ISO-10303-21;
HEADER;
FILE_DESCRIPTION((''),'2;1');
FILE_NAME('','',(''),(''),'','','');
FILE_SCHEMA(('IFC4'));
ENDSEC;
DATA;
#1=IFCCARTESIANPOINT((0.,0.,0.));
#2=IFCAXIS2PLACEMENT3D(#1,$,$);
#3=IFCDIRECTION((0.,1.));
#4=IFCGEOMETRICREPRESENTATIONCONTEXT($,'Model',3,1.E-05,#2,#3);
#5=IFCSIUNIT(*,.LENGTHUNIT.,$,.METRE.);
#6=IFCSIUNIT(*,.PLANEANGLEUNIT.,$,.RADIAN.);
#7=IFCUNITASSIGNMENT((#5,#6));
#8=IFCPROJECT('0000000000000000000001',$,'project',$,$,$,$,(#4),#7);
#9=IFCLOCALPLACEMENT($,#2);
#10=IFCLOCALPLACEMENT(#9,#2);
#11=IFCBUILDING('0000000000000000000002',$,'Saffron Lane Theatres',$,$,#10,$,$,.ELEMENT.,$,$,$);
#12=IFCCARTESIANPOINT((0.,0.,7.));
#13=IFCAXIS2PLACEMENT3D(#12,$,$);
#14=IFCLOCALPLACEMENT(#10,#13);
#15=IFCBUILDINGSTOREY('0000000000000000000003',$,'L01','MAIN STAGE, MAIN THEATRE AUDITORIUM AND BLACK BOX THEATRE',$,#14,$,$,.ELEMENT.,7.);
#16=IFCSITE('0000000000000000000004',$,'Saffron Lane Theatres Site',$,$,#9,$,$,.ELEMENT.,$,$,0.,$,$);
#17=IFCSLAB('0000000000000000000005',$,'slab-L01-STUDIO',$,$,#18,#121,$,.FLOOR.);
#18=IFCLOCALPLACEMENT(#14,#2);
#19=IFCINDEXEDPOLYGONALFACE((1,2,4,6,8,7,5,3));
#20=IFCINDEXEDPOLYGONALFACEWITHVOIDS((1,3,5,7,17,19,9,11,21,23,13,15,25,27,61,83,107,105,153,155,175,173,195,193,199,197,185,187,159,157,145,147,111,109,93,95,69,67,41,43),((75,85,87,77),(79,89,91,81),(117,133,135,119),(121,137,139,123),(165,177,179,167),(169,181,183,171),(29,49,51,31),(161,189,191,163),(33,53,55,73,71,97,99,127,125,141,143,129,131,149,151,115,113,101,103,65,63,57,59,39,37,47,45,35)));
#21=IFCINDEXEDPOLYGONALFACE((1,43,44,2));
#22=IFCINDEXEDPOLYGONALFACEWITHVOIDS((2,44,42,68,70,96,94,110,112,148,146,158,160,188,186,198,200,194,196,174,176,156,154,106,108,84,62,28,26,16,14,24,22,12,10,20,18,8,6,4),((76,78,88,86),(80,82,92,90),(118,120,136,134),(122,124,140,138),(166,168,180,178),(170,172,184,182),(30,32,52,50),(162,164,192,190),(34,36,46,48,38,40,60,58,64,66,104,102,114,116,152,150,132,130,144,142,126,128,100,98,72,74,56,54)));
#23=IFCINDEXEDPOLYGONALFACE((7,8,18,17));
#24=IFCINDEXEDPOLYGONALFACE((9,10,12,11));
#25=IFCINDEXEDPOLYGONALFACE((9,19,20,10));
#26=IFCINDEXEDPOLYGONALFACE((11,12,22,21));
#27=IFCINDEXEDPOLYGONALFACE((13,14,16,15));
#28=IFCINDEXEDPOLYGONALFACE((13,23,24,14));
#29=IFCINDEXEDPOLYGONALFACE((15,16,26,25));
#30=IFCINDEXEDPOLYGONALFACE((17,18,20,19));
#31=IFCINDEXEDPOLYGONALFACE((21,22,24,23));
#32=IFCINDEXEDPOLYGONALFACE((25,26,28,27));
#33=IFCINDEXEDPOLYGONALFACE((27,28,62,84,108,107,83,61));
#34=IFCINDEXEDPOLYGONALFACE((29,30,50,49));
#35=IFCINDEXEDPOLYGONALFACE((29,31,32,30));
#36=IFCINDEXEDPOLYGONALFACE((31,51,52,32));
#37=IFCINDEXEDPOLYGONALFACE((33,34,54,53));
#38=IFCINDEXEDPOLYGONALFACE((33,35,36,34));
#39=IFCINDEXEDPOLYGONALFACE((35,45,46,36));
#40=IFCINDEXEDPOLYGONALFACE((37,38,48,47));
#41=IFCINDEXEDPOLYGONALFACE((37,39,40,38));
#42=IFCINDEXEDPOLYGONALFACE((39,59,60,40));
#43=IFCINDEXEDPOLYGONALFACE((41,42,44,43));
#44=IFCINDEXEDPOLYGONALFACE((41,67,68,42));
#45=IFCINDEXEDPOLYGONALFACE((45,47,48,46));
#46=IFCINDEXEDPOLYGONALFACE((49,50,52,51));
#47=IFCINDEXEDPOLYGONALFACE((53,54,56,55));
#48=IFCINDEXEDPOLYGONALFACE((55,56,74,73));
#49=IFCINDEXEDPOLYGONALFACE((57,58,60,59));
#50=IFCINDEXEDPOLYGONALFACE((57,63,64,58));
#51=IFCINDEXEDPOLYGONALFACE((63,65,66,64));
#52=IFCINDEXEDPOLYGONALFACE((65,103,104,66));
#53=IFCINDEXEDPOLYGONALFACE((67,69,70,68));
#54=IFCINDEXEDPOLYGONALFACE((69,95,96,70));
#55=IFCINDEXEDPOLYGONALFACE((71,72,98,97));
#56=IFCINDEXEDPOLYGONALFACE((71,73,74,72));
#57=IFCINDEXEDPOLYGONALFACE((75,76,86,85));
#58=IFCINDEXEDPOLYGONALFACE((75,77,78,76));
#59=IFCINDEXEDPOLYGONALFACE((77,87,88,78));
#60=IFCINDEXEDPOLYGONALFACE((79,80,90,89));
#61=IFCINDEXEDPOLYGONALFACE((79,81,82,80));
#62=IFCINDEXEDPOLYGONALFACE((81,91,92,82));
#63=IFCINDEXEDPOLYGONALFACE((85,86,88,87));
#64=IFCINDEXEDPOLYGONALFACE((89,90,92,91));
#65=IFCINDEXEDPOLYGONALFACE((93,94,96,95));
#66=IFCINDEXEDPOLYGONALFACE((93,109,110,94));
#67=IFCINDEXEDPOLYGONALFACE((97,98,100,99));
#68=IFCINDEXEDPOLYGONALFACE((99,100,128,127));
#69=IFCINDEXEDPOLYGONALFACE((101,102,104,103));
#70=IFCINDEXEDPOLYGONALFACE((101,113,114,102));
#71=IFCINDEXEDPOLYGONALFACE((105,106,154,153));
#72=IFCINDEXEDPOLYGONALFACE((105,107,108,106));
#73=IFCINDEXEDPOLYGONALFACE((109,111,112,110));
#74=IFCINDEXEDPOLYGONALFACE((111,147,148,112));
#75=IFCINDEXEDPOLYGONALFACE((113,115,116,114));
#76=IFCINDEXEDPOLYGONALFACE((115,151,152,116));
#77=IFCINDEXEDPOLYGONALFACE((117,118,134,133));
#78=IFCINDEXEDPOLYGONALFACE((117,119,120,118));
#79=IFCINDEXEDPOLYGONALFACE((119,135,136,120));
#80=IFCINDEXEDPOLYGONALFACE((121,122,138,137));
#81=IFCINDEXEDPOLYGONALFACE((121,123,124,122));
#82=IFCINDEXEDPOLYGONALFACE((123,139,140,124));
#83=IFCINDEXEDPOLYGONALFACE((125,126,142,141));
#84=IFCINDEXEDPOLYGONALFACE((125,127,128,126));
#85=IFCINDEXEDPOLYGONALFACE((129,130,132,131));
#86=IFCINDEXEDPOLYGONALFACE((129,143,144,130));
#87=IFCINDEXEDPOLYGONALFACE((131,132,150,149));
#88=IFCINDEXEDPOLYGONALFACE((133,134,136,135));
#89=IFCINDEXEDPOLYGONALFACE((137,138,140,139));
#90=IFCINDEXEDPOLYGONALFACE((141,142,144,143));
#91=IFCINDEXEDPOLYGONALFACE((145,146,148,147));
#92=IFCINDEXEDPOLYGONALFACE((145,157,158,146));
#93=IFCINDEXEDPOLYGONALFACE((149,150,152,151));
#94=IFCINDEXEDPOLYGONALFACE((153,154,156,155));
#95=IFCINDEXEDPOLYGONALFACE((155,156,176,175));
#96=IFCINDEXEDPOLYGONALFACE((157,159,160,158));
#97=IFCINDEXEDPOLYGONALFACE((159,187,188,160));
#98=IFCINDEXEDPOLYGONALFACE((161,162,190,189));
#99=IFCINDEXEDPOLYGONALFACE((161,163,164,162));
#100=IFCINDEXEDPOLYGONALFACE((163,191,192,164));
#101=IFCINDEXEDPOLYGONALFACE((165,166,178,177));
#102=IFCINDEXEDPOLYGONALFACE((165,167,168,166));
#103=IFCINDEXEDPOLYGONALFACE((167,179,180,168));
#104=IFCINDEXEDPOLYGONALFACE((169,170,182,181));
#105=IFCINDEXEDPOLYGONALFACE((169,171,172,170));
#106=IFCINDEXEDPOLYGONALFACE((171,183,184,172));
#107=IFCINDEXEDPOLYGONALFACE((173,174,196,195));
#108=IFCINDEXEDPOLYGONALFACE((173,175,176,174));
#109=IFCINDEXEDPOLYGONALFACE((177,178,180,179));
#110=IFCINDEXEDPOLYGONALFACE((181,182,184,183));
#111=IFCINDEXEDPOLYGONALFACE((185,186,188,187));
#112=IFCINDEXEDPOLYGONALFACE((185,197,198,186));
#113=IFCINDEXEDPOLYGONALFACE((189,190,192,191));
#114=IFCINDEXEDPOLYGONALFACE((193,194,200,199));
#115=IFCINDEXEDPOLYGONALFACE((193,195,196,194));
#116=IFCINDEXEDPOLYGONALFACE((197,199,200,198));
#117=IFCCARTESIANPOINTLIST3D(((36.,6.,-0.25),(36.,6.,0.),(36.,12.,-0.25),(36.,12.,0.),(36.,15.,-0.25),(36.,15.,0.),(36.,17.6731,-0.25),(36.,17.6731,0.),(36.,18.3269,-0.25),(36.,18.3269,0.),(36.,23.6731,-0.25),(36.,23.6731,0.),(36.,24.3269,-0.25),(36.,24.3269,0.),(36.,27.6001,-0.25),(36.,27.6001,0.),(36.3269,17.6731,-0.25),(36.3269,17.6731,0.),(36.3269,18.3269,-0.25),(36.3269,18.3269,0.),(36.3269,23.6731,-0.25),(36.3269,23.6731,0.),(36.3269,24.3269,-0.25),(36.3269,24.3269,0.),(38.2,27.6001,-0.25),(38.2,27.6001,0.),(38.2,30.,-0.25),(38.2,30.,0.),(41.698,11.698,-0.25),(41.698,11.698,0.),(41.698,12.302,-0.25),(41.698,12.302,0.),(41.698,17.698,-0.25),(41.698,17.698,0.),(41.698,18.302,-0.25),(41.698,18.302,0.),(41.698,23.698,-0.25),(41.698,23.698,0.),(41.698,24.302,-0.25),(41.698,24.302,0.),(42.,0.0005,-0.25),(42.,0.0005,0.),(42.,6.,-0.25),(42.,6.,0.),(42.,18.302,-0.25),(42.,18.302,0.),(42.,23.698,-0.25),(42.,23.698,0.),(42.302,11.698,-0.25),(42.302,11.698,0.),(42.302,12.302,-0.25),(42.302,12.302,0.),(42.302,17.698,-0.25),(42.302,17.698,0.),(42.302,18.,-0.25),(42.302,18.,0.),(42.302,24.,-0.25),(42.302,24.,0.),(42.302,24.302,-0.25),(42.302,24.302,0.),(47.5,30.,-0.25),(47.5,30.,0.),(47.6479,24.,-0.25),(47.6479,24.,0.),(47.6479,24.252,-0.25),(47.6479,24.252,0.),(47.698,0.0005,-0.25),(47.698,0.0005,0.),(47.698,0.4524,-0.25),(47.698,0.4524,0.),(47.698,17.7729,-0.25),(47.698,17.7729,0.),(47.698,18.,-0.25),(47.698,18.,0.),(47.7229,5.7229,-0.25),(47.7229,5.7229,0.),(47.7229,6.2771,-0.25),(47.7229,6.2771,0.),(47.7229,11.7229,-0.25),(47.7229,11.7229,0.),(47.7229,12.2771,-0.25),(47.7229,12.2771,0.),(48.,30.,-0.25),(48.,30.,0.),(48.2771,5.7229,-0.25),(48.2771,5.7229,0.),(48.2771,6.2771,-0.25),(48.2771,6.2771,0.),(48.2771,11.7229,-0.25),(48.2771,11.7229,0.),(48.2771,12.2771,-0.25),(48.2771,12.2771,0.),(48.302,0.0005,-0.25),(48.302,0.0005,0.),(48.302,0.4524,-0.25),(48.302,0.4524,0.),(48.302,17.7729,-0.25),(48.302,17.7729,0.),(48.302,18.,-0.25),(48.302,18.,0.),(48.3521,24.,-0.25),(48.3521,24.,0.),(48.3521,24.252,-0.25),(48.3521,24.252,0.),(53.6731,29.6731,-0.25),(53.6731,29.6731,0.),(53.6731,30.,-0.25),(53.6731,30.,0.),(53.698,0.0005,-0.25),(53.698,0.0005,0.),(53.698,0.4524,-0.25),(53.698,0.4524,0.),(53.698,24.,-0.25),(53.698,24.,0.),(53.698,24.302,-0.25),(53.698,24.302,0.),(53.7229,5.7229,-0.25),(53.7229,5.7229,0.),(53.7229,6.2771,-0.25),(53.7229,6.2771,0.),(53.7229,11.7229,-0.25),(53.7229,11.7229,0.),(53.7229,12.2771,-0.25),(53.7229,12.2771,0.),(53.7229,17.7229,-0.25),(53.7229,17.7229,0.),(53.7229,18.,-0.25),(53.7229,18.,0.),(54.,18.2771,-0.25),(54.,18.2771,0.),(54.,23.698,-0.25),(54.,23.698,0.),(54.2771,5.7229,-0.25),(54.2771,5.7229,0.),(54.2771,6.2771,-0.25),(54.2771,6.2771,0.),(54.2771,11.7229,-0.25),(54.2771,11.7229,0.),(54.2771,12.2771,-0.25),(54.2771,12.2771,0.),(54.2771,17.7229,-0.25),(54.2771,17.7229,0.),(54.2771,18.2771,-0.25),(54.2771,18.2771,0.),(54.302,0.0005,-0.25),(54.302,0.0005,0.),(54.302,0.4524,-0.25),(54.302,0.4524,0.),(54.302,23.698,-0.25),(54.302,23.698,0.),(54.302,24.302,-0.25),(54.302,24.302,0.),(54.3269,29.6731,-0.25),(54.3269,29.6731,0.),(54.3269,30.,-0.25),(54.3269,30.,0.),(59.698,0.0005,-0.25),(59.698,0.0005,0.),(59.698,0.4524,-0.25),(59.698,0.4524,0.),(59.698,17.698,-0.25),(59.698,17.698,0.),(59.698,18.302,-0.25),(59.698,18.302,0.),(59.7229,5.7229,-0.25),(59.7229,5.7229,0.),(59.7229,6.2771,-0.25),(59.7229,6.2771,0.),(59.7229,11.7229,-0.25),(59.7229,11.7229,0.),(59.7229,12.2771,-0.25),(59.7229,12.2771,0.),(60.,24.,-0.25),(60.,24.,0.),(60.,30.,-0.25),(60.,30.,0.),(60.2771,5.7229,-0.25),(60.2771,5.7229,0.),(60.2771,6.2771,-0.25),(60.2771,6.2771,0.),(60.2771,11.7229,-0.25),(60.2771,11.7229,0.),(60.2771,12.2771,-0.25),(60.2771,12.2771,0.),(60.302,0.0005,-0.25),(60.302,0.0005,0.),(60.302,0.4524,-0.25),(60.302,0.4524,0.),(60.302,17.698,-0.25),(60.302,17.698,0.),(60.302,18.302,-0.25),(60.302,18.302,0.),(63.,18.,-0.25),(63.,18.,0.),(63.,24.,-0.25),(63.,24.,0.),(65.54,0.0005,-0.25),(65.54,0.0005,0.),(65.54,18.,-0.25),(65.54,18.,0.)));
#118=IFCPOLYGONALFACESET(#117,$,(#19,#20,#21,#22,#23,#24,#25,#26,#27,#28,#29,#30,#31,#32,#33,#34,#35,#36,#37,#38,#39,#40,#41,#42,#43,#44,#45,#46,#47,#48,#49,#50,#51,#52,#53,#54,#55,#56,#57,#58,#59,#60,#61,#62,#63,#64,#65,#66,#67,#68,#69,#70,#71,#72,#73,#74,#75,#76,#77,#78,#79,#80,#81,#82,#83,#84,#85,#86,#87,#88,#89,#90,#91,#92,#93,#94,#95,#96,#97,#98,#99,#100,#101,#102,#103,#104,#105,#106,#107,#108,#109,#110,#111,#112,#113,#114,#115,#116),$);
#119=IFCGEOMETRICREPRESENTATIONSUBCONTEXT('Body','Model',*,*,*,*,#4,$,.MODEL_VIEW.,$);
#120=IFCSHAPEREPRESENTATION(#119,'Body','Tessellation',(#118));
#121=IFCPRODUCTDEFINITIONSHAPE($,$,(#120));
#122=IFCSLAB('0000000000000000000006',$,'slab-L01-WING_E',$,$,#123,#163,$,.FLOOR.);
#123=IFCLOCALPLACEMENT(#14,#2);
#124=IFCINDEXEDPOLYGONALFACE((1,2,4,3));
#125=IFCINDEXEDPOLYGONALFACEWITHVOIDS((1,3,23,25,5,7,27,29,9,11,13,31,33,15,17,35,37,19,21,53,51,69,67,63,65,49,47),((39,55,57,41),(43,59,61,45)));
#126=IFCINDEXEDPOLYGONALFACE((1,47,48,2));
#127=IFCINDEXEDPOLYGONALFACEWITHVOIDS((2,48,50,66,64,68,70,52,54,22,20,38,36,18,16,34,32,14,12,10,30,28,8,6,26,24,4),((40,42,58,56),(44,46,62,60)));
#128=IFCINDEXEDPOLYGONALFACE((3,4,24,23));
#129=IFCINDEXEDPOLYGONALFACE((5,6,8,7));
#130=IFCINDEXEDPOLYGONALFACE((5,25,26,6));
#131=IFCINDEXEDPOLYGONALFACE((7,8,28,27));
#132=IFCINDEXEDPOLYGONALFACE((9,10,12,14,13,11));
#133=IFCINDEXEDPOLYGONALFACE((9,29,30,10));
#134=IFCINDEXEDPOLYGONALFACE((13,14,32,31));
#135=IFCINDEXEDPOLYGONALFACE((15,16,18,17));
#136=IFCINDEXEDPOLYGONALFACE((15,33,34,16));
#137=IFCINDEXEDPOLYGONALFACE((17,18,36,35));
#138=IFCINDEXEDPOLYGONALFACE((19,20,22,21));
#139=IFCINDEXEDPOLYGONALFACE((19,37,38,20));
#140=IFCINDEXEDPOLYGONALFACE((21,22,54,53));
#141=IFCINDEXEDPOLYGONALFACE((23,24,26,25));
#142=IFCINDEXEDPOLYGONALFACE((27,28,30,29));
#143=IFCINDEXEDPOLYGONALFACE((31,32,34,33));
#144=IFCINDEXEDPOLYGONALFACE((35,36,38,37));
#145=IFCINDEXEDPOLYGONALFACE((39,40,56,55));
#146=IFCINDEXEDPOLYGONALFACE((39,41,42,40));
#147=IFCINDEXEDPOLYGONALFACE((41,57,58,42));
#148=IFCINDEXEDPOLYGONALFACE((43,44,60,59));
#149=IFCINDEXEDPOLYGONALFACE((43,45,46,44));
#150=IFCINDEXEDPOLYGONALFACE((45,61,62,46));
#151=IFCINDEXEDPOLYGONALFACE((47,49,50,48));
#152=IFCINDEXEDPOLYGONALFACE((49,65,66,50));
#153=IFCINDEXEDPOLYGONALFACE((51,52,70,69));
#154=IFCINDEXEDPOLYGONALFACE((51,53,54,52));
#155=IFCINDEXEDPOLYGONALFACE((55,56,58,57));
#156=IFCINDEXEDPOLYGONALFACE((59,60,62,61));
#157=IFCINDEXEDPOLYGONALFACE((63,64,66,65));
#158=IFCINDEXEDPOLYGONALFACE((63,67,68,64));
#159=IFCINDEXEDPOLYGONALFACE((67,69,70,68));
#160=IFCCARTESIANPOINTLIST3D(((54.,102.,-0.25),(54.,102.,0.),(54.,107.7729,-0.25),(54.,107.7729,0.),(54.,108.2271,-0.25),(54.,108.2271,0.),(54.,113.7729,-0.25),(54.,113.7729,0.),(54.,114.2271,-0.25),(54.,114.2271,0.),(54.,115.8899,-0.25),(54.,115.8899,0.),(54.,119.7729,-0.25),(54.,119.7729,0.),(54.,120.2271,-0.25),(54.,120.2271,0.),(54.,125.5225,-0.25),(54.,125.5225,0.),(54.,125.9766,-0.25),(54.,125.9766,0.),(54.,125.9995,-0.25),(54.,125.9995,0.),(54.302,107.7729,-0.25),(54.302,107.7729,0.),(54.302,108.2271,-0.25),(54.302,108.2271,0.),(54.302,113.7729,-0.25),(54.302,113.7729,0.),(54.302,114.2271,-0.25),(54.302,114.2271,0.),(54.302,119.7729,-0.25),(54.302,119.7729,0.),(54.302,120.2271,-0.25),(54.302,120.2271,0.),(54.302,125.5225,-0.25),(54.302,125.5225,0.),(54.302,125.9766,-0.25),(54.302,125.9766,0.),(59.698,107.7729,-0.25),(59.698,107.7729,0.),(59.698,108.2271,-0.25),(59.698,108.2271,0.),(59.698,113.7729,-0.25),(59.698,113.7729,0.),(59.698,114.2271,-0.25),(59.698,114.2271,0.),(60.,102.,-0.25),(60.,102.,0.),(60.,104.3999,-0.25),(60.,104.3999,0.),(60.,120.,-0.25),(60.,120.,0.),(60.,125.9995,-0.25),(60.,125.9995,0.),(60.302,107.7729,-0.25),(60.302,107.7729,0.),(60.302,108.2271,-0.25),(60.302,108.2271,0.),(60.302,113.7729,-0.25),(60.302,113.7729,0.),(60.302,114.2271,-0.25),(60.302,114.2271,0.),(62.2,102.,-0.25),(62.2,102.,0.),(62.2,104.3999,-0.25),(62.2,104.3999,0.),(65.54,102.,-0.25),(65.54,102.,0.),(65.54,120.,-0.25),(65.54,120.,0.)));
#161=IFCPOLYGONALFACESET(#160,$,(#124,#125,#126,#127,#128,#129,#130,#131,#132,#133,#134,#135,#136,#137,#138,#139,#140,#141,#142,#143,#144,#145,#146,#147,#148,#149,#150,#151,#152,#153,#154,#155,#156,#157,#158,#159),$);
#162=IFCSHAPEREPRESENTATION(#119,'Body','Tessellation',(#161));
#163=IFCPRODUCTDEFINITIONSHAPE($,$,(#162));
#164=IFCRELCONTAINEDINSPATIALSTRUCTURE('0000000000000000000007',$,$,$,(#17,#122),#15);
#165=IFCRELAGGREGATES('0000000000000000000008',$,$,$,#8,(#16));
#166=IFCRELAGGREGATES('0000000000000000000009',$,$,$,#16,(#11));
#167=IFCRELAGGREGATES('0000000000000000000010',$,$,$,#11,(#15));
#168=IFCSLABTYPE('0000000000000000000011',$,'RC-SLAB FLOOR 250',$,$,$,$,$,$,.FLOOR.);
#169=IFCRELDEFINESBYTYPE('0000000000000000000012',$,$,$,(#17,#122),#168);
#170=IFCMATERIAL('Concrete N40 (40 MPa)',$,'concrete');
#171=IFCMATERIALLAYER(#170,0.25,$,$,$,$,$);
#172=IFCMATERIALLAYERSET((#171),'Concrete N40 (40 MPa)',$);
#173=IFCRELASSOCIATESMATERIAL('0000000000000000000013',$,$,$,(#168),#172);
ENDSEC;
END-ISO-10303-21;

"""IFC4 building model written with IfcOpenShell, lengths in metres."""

from ifc_helpers import new_model, si_unit, direction, frame, origin, place, context, subcontext, project, spatial, polyline, outline, extrude, material, layer, layer_set, type_object, element, save


model = new_model("IFC4")

# Units and contexts
model_context = context("Model", 3, precision=1e-05, world=origin(), true_north=direction((0.0, 1.0)))
body_context = subcontext(model_context, "Body", "Model", "MODEL_VIEW")
ifc_project = project(units=[si_unit("LENGTHUNIT", "METRE"), si_unit("PLANEANGLEUNIT", "RADIAN")], contexts=[model_context])

# Site, building, storey
site_placement = place(None, origin())
site = spatial("IfcSite", under=ifc_project, at=site_placement, Name="Saffron Lane Theatres Site", CompositionType="ELEMENT", RefElevation=0.0)
building_placement = place(site_placement, origin())
building = spatial("IfcBuilding", under=site, at=building_placement, Name="Saffron Lane Theatres", CompositionType="ELEMENT")
storey_placement = place(building_placement, frame((0.0, 0.0, 7.0)))
storey = spatial("IfcBuildingStorey", under=building, at=storey_placement, Name="L01", Description="MAIN STAGE, MAIN THEATRE AUDITORIUM AND BLACK BOX THEATRE", CompositionType="ELEMENT", Elevation=7.0)

# Slabs
ifc_material_1 = material(Name="Concrete N40 (40 MPa)", Category="concrete")
ifc_layer_1 = layer(ifc_material_1, 0.25)
ifc_layer_set_1 = layer_set([ifc_layer_1], Name="Concrete N40 (40 MPa)")
slab_type_1 = type_object("IfcSlabType", Name="RC-SLAB FLOOR 250", PredefinedType="FLOOR", material=ifc_layer_set_1)
slab_1_placement = place(storey_placement, frame((0.0, 0.0, -0.25)))
element("IfcSlab", 1, at=slab_1_placement, inside=storey, type_object=slab_type_1, Name="slab-L01-STUDIO", PredefinedType="FLOOR", context=body_context, shape_type="SweptSolid", body=[
    extrude(outline(polyline([(60.0, 24.0), (60.0, 30.0), (54.3269, 30.0), (54.3269, 29.6731), (53.6731, 29.6731), (53.6731, 30.0), (48.0, 30.0), (47.5, 30.0), (38.2, 30.0), (38.2, 27.6001), (36.0, 27.6001), (36.0, 24.3269), (36.3269, 24.3269), (36.3269, 23.6731), (36.0, 23.6731), (36.0, 18.3269), (36.3269, 18.3269), (36.3269, 17.6731), (36.0, 17.6731), (36.0, 15.0), (36.0, 12.0), (36.0, 6.0), (42.0, 6.0), (42.0, 0.0005), (47.698, 0.0005), (47.698, 0.4524), (48.302, 0.4524), (48.302, 0.0005), (53.698, 0.0005), (53.698, 0.4524), (54.302, 0.4524), (54.302, 0.0005), (59.698, 0.0005), (59.698, 0.4524), (60.302, 0.4524), (60.302, 0.0005), (65.54, 0.0005), (65.54, 18.0), (63.0, 18.0), (63.0, 24.0), (60.0, 24.0)]), holes=[polyline([(60.302, 17.698), (59.698, 17.698), (59.698, 18.302), (60.302, 18.302), (60.302, 17.698)]), polyline([(59.7229, 5.7229), (59.7229, 6.2771), (60.2771, 6.2771), (60.2771, 5.7229), (59.7229, 5.7229)]), polyline([(59.7229, 11.7229), (59.7229, 12.2771), (60.2771, 12.2771), (60.2771, 11.7229), (59.7229, 11.7229)]), polyline([(47.698, 17.7729), (47.698, 18.0), (42.302, 18.0), (42.302, 17.698), (41.698, 17.698), (41.698, 18.302), (42.0, 18.302), (42.0, 23.698), (41.698, 23.698), (41.698, 24.302), (42.302, 24.302), (42.302, 24.0), (47.6479, 24.0), (47.6479, 24.252), (48.3521, 24.252), (48.3521, 24.0), (53.698, 24.0), (53.698, 24.302), (54.302, 24.302), (54.302, 23.698), (54.0, 23.698), (54.0, 18.2771), (54.2771, 18.2771), (54.2771, 17.7229), (53.7229, 17.7229), (53.7229, 18.0), (48.302, 18.0), (48.302, 17.7729), (47.698, 17.7729)]), polyline([(53.7229, 5.7229), (53.7229, 6.2771), (54.2771, 6.2771), (54.2771, 5.7229), (53.7229, 5.7229)]), polyline([(53.7229, 11.7229), (53.7229, 12.2771), (54.2771, 12.2771), (54.2771, 11.7229), (53.7229, 11.7229)]), polyline([(47.7229, 5.7229), (47.7229, 6.2771), (48.2771, 6.2771), (48.2771, 5.7229), (47.7229, 5.7229)]), polyline([(47.7229, 11.7229), (47.7229, 12.2771), (48.2771, 12.2771), (48.2771, 11.7229), (47.7229, 11.7229)]), polyline([(41.698, 11.698), (41.698, 12.302), (42.302, 12.302), (42.302, 11.698), (41.698, 11.698)])]), origin(), (0.0, 0.0, 1.0), 0.25),
])
slab_2_placement = place(storey_placement, frame((0.0, 0.0, -0.25)))
element("IfcSlab", 2, at=slab_2_placement, inside=storey, type_object=slab_type_1, Name="slab-L01-WING_E", PredefinedType="FLOOR", context=body_context, shape_type="SweptSolid", body=[
    extrude(outline(polyline([(60.0, 120.0), (60.0, 125.9995), (54.0, 125.9995), (54.0, 125.9766), (54.302, 125.9766), (54.302, 125.5225), (54.0, 125.5225), (54.0, 120.2271), (54.302, 120.2271), (54.302, 119.7729), (54.0, 119.7729), (54.0, 115.8899), (54.0, 114.2271), (54.302, 114.2271), (54.302, 113.7729), (54.0, 113.7729), (54.0, 108.2271), (54.302, 108.2271), (54.302, 107.7729), (54.0, 107.7729), (54.0, 102.0), (60.0, 102.0), (60.0, 104.3999), (62.2, 104.3999), (62.2, 102.0), (65.54, 102.0), (65.54, 120.0), (60.0, 120.0)]), holes=[polyline([(59.698, 107.7729), (59.698, 108.2271), (60.302, 108.2271), (60.302, 107.7729), (59.698, 107.7729)]), polyline([(59.698, 113.7729), (59.698, 114.2271), (60.302, 114.2271), (60.302, 113.7729), (59.698, 113.7729)])]), origin(), (0.0, 0.0, 1.0), 0.25),
])

save(model, "model.ifc")
